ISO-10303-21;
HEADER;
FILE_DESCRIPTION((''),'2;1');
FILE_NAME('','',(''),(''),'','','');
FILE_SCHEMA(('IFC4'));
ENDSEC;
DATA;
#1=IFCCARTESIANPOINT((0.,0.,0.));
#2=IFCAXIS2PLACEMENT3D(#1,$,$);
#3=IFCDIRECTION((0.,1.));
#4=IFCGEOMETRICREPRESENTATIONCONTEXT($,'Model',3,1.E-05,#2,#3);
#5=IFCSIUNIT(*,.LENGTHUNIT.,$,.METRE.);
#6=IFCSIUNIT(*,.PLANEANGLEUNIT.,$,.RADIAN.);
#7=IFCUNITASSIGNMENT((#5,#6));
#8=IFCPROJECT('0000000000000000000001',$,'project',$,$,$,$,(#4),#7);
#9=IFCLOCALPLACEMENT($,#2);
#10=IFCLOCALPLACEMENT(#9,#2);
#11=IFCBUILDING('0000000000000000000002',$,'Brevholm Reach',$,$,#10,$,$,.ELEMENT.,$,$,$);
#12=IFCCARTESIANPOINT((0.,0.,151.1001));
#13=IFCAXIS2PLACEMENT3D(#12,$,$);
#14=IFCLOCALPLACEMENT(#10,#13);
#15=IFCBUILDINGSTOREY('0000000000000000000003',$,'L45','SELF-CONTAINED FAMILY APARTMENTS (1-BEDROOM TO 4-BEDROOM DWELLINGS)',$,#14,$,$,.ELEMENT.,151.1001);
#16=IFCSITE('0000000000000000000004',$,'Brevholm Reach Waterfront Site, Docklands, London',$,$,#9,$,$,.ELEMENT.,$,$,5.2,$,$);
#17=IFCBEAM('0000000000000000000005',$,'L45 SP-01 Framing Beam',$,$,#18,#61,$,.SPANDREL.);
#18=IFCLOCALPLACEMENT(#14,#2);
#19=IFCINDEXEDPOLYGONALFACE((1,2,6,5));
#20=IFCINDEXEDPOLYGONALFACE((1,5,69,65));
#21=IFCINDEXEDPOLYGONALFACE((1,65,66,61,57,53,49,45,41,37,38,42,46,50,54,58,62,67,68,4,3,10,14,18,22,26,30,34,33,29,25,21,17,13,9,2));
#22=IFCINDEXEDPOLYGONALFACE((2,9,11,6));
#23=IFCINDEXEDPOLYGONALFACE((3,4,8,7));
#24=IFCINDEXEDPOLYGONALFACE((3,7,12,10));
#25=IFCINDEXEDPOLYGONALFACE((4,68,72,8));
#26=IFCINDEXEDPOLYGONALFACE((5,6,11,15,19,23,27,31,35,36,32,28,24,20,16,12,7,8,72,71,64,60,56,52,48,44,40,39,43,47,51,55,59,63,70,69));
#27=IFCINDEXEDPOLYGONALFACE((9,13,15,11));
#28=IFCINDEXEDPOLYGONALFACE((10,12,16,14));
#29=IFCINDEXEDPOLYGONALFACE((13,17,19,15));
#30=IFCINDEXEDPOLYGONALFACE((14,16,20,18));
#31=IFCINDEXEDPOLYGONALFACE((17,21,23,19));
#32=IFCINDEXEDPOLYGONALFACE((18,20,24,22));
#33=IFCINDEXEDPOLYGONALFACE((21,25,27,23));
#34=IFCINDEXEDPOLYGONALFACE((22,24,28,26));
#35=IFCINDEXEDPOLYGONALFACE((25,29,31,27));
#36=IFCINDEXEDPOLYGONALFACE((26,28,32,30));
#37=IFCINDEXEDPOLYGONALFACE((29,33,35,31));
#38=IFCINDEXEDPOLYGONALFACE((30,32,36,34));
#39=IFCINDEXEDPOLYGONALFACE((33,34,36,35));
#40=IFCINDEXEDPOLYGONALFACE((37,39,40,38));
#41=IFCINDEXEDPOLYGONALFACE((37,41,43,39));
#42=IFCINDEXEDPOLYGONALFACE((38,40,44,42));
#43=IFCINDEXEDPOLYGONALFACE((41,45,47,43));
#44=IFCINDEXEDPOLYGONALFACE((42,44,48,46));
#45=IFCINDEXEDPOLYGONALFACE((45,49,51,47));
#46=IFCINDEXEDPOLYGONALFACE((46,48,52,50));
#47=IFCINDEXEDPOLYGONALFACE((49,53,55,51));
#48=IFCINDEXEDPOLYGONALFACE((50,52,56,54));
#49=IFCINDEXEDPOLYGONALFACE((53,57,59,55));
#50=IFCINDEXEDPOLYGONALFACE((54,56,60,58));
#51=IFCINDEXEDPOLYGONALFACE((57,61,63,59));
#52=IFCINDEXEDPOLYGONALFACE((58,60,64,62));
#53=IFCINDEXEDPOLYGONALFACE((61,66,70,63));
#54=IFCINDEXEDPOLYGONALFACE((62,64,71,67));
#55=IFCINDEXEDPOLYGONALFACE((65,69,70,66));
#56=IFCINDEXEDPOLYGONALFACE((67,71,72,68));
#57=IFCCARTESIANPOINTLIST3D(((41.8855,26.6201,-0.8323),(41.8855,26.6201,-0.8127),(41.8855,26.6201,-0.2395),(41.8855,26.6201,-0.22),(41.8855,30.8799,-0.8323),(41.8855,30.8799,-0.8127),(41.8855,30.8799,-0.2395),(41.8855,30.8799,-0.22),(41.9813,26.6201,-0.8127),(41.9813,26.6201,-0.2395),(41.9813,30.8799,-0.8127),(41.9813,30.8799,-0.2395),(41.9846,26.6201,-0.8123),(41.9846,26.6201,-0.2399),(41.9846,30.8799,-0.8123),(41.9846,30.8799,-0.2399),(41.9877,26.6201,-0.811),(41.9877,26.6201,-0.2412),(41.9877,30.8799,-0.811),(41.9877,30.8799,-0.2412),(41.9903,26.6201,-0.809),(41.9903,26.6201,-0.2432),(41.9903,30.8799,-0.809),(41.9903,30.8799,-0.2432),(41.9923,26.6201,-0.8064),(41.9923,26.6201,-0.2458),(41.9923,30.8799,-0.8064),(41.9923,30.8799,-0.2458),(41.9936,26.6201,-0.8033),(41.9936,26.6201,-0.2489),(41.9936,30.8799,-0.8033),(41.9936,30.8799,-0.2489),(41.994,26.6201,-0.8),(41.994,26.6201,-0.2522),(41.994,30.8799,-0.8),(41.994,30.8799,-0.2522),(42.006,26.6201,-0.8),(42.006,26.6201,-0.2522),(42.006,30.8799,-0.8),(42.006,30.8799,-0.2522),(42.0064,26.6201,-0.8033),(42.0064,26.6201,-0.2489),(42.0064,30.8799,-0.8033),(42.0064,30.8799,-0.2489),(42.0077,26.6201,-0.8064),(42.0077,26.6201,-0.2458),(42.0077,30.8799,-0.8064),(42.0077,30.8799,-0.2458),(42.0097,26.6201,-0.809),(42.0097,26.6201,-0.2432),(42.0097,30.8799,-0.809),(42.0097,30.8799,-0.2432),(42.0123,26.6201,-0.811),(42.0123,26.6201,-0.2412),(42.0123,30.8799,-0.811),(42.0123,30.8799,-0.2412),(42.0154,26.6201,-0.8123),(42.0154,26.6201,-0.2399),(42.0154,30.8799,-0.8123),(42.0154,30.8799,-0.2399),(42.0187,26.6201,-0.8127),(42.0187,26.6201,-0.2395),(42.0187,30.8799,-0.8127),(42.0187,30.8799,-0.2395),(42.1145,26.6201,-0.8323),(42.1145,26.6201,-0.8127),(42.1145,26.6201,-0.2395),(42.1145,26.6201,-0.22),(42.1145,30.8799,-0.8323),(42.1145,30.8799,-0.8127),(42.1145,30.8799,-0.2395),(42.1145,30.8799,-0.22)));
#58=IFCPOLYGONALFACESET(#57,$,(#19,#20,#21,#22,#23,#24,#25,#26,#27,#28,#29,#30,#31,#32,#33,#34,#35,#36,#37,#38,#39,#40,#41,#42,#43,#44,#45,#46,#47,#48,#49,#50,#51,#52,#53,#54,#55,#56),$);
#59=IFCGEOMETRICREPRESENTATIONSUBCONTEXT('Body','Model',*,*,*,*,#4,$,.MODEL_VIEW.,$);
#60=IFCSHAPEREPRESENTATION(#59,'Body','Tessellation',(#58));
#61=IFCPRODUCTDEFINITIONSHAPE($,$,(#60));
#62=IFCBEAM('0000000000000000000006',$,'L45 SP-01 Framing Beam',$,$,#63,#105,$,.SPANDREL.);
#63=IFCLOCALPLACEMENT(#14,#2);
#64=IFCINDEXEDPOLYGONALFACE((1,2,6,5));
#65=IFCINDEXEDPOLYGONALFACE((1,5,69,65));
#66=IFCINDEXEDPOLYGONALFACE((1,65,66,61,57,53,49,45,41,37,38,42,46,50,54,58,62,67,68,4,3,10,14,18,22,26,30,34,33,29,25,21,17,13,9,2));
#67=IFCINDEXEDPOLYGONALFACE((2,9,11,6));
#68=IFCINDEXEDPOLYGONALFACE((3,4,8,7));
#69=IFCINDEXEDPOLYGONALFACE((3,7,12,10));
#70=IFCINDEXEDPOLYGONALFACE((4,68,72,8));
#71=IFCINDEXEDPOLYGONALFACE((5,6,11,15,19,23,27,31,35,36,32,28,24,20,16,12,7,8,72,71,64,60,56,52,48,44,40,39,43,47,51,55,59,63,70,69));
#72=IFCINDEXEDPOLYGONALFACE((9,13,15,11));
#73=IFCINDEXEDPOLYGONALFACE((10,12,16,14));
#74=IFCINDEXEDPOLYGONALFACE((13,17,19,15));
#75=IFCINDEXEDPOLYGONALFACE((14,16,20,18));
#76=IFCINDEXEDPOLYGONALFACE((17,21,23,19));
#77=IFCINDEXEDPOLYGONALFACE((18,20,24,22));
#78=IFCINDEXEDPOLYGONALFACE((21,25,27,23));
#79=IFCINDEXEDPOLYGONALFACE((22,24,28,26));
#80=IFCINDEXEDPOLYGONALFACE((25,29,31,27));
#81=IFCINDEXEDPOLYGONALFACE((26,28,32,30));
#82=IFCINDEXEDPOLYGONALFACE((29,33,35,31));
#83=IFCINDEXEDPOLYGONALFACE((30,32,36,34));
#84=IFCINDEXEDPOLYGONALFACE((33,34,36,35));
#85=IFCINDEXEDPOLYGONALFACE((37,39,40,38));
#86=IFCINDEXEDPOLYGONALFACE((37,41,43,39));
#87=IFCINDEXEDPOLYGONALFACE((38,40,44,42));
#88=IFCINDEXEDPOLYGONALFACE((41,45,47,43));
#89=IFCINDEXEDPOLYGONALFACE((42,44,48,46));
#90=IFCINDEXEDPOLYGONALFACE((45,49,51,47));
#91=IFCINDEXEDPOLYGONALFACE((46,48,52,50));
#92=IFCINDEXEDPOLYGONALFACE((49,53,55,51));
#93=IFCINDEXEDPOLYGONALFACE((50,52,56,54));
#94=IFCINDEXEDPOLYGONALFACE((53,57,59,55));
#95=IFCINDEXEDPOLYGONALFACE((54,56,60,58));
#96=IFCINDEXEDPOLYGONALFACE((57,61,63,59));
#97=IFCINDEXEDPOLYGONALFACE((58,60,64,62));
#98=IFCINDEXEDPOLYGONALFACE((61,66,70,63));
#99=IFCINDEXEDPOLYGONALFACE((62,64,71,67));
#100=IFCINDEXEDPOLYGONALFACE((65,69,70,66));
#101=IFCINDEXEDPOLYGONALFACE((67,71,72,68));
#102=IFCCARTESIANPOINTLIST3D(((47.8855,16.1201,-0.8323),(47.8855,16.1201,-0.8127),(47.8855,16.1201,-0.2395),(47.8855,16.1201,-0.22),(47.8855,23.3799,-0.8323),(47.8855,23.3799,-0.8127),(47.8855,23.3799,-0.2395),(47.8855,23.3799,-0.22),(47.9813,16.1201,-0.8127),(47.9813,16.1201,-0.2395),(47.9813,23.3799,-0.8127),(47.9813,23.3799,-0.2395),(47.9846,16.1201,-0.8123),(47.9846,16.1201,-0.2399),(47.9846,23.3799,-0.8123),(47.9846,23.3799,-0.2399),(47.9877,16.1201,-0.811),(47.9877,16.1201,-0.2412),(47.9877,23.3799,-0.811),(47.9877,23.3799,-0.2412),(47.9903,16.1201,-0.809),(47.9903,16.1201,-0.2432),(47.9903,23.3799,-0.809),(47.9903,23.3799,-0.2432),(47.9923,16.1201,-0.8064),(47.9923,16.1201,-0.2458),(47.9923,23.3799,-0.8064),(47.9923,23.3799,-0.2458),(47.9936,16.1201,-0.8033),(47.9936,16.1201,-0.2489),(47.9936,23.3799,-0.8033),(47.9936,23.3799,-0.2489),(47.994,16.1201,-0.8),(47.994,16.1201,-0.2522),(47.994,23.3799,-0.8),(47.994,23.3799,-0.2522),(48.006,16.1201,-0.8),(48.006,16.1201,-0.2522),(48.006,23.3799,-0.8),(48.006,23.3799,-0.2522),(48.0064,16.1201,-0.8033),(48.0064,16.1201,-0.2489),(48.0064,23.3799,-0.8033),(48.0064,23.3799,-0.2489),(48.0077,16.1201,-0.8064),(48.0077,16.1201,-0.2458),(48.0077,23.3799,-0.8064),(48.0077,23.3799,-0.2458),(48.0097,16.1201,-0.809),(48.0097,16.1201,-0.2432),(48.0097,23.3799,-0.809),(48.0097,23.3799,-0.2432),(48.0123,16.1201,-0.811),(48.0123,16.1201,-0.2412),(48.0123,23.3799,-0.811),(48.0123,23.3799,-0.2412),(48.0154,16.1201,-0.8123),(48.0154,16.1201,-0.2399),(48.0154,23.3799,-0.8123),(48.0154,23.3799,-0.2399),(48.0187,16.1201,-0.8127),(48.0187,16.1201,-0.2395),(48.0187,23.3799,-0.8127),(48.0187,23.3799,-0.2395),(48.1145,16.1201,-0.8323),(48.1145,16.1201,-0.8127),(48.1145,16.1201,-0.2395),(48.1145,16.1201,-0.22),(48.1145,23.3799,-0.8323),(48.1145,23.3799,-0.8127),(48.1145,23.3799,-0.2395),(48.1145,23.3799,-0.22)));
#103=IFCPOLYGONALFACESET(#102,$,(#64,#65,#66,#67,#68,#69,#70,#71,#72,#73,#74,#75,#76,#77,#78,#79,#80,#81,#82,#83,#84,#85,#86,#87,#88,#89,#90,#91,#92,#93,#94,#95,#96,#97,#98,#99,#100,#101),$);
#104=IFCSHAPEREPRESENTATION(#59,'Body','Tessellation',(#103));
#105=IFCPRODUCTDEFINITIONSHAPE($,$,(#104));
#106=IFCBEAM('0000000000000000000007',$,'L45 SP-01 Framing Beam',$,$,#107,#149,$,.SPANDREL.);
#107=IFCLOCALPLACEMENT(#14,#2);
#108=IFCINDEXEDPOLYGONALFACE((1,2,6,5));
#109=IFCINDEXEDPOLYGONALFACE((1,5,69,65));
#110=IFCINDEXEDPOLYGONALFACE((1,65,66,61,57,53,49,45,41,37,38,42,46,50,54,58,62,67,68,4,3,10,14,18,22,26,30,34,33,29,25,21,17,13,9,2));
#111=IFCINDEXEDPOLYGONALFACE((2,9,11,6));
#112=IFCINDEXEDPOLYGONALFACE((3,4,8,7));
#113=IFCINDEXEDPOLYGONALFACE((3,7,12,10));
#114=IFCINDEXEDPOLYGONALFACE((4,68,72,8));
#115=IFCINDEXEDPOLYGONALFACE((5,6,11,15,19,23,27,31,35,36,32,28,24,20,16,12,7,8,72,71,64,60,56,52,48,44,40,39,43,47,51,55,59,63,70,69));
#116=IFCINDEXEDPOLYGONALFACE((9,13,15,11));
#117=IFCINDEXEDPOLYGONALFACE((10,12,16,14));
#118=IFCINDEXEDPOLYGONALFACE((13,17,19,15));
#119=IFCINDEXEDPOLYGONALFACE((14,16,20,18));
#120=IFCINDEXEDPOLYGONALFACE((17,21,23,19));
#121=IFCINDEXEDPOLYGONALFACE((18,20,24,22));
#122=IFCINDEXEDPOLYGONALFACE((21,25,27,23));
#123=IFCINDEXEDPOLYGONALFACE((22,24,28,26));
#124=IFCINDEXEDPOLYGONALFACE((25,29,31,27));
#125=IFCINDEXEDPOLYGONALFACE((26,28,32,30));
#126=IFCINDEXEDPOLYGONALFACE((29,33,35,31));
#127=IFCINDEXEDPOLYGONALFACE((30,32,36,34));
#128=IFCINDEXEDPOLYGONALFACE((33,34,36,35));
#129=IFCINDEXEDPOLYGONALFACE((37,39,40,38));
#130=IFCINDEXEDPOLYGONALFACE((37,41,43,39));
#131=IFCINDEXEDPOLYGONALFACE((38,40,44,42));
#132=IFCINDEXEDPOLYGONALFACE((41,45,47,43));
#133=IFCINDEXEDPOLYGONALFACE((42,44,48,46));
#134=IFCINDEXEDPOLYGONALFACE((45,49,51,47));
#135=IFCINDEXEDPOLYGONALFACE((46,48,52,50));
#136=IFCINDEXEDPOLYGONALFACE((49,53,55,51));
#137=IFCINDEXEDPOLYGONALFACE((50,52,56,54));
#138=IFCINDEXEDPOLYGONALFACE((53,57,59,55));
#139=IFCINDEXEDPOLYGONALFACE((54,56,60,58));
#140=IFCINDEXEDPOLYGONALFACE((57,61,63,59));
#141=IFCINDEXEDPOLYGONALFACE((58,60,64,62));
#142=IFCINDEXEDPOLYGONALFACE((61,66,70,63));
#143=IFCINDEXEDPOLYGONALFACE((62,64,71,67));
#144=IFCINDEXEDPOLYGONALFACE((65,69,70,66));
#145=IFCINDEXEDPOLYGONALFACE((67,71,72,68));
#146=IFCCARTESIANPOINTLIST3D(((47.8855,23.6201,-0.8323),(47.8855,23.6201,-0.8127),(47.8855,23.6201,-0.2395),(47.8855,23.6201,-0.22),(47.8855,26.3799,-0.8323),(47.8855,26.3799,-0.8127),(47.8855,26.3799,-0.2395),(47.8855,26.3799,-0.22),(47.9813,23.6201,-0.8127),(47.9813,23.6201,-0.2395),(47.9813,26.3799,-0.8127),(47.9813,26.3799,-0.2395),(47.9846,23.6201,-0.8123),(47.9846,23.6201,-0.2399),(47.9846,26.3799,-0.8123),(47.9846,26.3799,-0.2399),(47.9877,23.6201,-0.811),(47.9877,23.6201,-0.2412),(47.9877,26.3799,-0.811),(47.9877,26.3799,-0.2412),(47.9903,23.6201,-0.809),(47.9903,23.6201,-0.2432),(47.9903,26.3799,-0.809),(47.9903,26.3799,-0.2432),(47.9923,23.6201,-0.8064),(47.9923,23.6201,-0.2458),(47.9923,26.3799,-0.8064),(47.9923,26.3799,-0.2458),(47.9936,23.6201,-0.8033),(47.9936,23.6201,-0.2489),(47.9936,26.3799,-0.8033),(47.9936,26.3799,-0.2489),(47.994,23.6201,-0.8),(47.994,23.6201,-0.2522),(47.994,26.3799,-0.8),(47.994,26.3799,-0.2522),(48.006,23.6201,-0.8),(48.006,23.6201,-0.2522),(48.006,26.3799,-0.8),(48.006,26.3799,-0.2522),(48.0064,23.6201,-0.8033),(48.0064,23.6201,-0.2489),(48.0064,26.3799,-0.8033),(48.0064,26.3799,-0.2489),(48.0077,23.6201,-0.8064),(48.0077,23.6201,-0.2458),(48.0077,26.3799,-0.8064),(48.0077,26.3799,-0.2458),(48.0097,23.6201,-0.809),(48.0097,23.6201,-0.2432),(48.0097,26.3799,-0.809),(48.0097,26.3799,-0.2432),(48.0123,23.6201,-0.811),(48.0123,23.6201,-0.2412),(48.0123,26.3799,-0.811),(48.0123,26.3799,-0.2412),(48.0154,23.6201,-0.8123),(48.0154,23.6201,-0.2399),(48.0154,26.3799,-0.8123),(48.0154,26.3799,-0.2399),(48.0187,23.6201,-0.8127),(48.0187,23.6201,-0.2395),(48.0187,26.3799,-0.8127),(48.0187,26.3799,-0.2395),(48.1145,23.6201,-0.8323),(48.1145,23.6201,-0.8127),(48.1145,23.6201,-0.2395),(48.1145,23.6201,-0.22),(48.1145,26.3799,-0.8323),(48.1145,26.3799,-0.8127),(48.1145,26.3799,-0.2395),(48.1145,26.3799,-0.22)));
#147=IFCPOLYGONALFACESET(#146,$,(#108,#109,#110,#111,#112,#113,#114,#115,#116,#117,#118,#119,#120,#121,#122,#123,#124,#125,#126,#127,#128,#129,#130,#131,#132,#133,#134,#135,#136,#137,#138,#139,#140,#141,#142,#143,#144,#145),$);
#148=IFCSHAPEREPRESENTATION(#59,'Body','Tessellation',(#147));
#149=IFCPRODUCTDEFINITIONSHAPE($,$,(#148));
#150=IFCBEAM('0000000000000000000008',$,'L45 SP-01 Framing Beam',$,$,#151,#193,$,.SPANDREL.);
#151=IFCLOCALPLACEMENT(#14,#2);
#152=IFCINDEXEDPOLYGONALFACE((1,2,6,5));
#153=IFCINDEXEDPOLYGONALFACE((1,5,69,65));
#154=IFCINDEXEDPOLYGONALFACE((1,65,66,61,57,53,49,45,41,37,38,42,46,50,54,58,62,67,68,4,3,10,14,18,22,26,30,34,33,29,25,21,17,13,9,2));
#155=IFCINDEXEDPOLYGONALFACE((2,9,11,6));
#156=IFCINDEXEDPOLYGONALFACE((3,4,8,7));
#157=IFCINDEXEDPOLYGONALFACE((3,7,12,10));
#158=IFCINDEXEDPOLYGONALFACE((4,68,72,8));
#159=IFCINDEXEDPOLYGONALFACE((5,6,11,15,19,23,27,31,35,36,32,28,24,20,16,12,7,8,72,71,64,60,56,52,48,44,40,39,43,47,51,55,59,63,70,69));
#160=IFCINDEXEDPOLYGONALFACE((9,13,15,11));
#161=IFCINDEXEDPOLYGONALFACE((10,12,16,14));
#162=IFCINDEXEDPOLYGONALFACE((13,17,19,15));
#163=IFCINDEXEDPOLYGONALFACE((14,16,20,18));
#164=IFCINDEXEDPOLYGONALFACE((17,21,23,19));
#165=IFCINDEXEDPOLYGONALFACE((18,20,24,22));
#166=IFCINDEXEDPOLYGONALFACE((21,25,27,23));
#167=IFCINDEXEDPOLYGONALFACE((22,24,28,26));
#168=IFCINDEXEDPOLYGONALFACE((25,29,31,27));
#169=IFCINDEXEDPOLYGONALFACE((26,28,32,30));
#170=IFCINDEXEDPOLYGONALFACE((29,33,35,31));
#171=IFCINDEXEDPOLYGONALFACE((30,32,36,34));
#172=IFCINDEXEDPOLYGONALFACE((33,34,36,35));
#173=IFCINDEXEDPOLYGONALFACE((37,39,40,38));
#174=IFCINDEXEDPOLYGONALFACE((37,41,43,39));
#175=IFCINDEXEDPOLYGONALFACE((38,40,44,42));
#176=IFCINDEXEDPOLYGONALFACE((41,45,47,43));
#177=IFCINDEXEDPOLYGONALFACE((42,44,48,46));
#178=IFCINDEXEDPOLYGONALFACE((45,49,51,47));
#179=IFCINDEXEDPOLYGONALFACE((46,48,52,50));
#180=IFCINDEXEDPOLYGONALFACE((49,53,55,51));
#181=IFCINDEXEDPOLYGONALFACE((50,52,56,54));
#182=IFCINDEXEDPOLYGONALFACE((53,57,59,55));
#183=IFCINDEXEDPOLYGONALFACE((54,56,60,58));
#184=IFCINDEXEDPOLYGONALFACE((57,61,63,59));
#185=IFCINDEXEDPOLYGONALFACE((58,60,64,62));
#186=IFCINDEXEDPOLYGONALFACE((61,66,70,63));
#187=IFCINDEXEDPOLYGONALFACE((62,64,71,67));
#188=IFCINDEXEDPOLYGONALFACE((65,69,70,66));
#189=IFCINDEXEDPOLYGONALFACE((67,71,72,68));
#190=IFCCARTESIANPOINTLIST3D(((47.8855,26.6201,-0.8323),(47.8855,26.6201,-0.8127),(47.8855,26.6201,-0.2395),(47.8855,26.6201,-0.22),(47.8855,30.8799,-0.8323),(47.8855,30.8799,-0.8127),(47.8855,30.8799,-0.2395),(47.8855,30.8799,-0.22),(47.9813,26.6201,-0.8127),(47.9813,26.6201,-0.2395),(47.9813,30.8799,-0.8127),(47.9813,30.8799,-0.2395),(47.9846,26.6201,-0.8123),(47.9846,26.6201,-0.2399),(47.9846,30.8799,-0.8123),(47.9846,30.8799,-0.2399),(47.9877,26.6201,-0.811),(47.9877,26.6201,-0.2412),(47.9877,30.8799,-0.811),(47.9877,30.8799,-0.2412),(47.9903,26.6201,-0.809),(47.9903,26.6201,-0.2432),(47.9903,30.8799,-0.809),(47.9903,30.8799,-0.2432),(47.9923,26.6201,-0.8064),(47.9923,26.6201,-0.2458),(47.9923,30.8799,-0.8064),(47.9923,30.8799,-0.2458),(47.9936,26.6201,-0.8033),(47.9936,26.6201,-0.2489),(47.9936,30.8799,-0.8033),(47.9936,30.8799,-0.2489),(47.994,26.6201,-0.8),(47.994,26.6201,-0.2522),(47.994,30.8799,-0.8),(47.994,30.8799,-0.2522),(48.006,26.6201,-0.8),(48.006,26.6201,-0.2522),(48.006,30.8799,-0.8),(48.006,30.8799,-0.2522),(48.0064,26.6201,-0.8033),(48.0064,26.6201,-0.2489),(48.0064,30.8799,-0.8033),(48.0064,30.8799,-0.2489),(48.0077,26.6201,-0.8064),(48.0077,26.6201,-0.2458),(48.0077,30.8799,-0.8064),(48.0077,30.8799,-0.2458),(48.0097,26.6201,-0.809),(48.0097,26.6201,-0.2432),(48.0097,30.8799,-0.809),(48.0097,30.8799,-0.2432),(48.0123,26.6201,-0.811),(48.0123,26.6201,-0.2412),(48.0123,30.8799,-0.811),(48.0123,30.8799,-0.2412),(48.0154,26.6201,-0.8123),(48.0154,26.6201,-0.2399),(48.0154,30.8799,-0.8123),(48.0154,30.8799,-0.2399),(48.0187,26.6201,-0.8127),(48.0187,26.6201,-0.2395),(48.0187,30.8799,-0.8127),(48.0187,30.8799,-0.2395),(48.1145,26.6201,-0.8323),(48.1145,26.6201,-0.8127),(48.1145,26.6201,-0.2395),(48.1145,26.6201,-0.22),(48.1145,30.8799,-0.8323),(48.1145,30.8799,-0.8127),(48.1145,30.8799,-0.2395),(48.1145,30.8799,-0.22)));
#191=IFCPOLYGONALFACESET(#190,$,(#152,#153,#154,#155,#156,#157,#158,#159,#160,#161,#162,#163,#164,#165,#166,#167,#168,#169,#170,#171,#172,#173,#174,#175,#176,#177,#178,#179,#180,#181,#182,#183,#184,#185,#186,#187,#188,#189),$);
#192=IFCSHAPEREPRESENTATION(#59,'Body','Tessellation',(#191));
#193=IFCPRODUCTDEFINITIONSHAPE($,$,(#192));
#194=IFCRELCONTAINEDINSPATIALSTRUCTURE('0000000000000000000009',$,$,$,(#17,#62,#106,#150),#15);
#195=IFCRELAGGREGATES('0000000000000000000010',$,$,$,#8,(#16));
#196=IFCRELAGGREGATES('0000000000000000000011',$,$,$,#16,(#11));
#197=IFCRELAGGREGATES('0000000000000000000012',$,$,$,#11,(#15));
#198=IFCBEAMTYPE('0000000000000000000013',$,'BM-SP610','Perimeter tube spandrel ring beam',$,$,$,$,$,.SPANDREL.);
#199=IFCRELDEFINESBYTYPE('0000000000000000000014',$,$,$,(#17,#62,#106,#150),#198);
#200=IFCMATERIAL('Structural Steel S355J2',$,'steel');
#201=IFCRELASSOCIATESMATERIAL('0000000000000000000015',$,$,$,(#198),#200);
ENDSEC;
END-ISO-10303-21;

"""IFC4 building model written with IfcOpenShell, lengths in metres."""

from ifc_helpers import new_model, si_unit, direction, frame, origin, origin_2d, place, context, subcontext, project, spatial, i_section, extrude, material, material_profile, profile_set, type_object, element, save


model = new_model("IFC4")

# Units and contexts
model_context = context("Model", 3, precision=1e-05, world=origin(), true_north=direction((0.0, 1.0)))
body_context = subcontext(model_context, "Body", "Model", "MODEL_VIEW")
ifc_project = project(units=[si_unit("LENGTHUNIT", "METRE"), si_unit("PLANEANGLEUNIT", "RADIAN")], contexts=[model_context])

# Site, building, storey
site_placement = place(None, origin())
site = spatial("IfcSite", under=ifc_project, at=site_placement, Name="Brevholm Reach Waterfront Site, Docklands, London", CompositionType="ELEMENT", RefElevation=5.2)
building_placement = place(site_placement, origin())
building = spatial("IfcBuilding", under=site, at=building_placement, Name="Brevholm Reach", CompositionType="ELEMENT")
storey_placement = place(building_placement, frame((0.0, 0.0, 151.1001)))
storey = spatial("IfcBuildingStorey", under=building, at=storey_placement, Name="L45", Description="SELF-CONTAINED FAMILY APARTMENTS (1-BEDROOM TO 4-BEDROOM DWELLINGS)", CompositionType="ELEMENT", Elevation=151.1001)

# Beams
ifc_material_1 = material(Name="Structural Steel S355J2", Category="steel")
ifc_material_profile_1 = material_profile(ifc_material_1, i_section(OverallWidth=0.229, OverallDepth=0.6123, WebThickness=0.012, FlangeThickness=0.0195, FilletRadius=0.0127, at=origin_2d()), Name="UKB 610x229x125")
ifc_profile_set_1 = profile_set([ifc_material_profile_1], Name="Structural Steel S355J2")
beam_type_1 = type_object("IfcBeamType", Name="BM-SP610", Description="Perimeter tube spandrel ring beam", PredefinedType="SPANDREL", material=ifc_profile_set_1)
beam_1_placement = place(storey_placement, frame((42.0, 26.6201, -0.5261), z_axis=(0.0, 1.0, 0.0), x_axis=(-1.0, 0.0, 0.0)))
element("IfcBeam", 1, at=beam_1_placement, inside=storey, type_object=beam_type_1, Name="L45 SP-01 Framing Beam", PredefinedType="SPANDREL", context=body_context, shape_type="SweptSolid", body=[
    extrude(i_section(OverallWidth=0.229, OverallDepth=0.6123, WebThickness=0.012, FlangeThickness=0.0195, FilletRadius=0.0127, at=origin_2d()), origin(), (0.0, 0.0, 1.0), 4.2598),
])
beam_2_placement = place(storey_placement, frame((48.0, 16.1201, -0.5261), z_axis=(0.0, 1.0, 0.0), x_axis=(-1.0, 0.0, 0.0)))
element("IfcBeam", 2, at=beam_2_placement, inside=storey, type_object=beam_type_1, Name="L45 SP-01 Framing Beam", PredefinedType="SPANDREL", context=body_context, shape_type="SweptSolid", body=[
    extrude(i_section(OverallWidth=0.229, OverallDepth=0.6123, WebThickness=0.012, FlangeThickness=0.0195, FilletRadius=0.0127, at=origin_2d()), origin(), (0.0, 0.0, 1.0), 7.2598),
])
beam_3_placement = place(storey_placement, frame((48.0, 23.6201, -0.5261), z_axis=(0.0, 1.0, 0.0), x_axis=(-1.0, 0.0, 0.0)))
element("IfcBeam", 3, at=beam_3_placement, inside=storey, type_object=beam_type_1, Name="L45 SP-01 Framing Beam", PredefinedType="SPANDREL", context=body_context, shape_type="SweptSolid", body=[
    extrude(i_section(OverallWidth=0.229, OverallDepth=0.6123, WebThickness=0.012, FlangeThickness=0.0195, FilletRadius=0.0127, at=origin_2d()), origin(), (0.0, 0.0, 1.0), 2.7598),
])
beam_4_placement = place(storey_placement, frame((48.0, 26.6201, -0.5261), z_axis=(0.0, 1.0, 0.0), x_axis=(-1.0, 0.0, 0.0)))
element("IfcBeam", 4, at=beam_4_placement, inside=storey, type_object=beam_type_1, Name="L45 SP-01 Framing Beam", PredefinedType="SPANDREL", context=body_context, shape_type="SweptSolid", body=[
    extrude(i_section(OverallWidth=0.229, OverallDepth=0.6123, WebThickness=0.012, FlangeThickness=0.0195, FilletRadius=0.0127, at=origin_2d()), origin(), (0.0, 0.0, 1.0), 4.2598),
])

save(model, "model.ifc")
